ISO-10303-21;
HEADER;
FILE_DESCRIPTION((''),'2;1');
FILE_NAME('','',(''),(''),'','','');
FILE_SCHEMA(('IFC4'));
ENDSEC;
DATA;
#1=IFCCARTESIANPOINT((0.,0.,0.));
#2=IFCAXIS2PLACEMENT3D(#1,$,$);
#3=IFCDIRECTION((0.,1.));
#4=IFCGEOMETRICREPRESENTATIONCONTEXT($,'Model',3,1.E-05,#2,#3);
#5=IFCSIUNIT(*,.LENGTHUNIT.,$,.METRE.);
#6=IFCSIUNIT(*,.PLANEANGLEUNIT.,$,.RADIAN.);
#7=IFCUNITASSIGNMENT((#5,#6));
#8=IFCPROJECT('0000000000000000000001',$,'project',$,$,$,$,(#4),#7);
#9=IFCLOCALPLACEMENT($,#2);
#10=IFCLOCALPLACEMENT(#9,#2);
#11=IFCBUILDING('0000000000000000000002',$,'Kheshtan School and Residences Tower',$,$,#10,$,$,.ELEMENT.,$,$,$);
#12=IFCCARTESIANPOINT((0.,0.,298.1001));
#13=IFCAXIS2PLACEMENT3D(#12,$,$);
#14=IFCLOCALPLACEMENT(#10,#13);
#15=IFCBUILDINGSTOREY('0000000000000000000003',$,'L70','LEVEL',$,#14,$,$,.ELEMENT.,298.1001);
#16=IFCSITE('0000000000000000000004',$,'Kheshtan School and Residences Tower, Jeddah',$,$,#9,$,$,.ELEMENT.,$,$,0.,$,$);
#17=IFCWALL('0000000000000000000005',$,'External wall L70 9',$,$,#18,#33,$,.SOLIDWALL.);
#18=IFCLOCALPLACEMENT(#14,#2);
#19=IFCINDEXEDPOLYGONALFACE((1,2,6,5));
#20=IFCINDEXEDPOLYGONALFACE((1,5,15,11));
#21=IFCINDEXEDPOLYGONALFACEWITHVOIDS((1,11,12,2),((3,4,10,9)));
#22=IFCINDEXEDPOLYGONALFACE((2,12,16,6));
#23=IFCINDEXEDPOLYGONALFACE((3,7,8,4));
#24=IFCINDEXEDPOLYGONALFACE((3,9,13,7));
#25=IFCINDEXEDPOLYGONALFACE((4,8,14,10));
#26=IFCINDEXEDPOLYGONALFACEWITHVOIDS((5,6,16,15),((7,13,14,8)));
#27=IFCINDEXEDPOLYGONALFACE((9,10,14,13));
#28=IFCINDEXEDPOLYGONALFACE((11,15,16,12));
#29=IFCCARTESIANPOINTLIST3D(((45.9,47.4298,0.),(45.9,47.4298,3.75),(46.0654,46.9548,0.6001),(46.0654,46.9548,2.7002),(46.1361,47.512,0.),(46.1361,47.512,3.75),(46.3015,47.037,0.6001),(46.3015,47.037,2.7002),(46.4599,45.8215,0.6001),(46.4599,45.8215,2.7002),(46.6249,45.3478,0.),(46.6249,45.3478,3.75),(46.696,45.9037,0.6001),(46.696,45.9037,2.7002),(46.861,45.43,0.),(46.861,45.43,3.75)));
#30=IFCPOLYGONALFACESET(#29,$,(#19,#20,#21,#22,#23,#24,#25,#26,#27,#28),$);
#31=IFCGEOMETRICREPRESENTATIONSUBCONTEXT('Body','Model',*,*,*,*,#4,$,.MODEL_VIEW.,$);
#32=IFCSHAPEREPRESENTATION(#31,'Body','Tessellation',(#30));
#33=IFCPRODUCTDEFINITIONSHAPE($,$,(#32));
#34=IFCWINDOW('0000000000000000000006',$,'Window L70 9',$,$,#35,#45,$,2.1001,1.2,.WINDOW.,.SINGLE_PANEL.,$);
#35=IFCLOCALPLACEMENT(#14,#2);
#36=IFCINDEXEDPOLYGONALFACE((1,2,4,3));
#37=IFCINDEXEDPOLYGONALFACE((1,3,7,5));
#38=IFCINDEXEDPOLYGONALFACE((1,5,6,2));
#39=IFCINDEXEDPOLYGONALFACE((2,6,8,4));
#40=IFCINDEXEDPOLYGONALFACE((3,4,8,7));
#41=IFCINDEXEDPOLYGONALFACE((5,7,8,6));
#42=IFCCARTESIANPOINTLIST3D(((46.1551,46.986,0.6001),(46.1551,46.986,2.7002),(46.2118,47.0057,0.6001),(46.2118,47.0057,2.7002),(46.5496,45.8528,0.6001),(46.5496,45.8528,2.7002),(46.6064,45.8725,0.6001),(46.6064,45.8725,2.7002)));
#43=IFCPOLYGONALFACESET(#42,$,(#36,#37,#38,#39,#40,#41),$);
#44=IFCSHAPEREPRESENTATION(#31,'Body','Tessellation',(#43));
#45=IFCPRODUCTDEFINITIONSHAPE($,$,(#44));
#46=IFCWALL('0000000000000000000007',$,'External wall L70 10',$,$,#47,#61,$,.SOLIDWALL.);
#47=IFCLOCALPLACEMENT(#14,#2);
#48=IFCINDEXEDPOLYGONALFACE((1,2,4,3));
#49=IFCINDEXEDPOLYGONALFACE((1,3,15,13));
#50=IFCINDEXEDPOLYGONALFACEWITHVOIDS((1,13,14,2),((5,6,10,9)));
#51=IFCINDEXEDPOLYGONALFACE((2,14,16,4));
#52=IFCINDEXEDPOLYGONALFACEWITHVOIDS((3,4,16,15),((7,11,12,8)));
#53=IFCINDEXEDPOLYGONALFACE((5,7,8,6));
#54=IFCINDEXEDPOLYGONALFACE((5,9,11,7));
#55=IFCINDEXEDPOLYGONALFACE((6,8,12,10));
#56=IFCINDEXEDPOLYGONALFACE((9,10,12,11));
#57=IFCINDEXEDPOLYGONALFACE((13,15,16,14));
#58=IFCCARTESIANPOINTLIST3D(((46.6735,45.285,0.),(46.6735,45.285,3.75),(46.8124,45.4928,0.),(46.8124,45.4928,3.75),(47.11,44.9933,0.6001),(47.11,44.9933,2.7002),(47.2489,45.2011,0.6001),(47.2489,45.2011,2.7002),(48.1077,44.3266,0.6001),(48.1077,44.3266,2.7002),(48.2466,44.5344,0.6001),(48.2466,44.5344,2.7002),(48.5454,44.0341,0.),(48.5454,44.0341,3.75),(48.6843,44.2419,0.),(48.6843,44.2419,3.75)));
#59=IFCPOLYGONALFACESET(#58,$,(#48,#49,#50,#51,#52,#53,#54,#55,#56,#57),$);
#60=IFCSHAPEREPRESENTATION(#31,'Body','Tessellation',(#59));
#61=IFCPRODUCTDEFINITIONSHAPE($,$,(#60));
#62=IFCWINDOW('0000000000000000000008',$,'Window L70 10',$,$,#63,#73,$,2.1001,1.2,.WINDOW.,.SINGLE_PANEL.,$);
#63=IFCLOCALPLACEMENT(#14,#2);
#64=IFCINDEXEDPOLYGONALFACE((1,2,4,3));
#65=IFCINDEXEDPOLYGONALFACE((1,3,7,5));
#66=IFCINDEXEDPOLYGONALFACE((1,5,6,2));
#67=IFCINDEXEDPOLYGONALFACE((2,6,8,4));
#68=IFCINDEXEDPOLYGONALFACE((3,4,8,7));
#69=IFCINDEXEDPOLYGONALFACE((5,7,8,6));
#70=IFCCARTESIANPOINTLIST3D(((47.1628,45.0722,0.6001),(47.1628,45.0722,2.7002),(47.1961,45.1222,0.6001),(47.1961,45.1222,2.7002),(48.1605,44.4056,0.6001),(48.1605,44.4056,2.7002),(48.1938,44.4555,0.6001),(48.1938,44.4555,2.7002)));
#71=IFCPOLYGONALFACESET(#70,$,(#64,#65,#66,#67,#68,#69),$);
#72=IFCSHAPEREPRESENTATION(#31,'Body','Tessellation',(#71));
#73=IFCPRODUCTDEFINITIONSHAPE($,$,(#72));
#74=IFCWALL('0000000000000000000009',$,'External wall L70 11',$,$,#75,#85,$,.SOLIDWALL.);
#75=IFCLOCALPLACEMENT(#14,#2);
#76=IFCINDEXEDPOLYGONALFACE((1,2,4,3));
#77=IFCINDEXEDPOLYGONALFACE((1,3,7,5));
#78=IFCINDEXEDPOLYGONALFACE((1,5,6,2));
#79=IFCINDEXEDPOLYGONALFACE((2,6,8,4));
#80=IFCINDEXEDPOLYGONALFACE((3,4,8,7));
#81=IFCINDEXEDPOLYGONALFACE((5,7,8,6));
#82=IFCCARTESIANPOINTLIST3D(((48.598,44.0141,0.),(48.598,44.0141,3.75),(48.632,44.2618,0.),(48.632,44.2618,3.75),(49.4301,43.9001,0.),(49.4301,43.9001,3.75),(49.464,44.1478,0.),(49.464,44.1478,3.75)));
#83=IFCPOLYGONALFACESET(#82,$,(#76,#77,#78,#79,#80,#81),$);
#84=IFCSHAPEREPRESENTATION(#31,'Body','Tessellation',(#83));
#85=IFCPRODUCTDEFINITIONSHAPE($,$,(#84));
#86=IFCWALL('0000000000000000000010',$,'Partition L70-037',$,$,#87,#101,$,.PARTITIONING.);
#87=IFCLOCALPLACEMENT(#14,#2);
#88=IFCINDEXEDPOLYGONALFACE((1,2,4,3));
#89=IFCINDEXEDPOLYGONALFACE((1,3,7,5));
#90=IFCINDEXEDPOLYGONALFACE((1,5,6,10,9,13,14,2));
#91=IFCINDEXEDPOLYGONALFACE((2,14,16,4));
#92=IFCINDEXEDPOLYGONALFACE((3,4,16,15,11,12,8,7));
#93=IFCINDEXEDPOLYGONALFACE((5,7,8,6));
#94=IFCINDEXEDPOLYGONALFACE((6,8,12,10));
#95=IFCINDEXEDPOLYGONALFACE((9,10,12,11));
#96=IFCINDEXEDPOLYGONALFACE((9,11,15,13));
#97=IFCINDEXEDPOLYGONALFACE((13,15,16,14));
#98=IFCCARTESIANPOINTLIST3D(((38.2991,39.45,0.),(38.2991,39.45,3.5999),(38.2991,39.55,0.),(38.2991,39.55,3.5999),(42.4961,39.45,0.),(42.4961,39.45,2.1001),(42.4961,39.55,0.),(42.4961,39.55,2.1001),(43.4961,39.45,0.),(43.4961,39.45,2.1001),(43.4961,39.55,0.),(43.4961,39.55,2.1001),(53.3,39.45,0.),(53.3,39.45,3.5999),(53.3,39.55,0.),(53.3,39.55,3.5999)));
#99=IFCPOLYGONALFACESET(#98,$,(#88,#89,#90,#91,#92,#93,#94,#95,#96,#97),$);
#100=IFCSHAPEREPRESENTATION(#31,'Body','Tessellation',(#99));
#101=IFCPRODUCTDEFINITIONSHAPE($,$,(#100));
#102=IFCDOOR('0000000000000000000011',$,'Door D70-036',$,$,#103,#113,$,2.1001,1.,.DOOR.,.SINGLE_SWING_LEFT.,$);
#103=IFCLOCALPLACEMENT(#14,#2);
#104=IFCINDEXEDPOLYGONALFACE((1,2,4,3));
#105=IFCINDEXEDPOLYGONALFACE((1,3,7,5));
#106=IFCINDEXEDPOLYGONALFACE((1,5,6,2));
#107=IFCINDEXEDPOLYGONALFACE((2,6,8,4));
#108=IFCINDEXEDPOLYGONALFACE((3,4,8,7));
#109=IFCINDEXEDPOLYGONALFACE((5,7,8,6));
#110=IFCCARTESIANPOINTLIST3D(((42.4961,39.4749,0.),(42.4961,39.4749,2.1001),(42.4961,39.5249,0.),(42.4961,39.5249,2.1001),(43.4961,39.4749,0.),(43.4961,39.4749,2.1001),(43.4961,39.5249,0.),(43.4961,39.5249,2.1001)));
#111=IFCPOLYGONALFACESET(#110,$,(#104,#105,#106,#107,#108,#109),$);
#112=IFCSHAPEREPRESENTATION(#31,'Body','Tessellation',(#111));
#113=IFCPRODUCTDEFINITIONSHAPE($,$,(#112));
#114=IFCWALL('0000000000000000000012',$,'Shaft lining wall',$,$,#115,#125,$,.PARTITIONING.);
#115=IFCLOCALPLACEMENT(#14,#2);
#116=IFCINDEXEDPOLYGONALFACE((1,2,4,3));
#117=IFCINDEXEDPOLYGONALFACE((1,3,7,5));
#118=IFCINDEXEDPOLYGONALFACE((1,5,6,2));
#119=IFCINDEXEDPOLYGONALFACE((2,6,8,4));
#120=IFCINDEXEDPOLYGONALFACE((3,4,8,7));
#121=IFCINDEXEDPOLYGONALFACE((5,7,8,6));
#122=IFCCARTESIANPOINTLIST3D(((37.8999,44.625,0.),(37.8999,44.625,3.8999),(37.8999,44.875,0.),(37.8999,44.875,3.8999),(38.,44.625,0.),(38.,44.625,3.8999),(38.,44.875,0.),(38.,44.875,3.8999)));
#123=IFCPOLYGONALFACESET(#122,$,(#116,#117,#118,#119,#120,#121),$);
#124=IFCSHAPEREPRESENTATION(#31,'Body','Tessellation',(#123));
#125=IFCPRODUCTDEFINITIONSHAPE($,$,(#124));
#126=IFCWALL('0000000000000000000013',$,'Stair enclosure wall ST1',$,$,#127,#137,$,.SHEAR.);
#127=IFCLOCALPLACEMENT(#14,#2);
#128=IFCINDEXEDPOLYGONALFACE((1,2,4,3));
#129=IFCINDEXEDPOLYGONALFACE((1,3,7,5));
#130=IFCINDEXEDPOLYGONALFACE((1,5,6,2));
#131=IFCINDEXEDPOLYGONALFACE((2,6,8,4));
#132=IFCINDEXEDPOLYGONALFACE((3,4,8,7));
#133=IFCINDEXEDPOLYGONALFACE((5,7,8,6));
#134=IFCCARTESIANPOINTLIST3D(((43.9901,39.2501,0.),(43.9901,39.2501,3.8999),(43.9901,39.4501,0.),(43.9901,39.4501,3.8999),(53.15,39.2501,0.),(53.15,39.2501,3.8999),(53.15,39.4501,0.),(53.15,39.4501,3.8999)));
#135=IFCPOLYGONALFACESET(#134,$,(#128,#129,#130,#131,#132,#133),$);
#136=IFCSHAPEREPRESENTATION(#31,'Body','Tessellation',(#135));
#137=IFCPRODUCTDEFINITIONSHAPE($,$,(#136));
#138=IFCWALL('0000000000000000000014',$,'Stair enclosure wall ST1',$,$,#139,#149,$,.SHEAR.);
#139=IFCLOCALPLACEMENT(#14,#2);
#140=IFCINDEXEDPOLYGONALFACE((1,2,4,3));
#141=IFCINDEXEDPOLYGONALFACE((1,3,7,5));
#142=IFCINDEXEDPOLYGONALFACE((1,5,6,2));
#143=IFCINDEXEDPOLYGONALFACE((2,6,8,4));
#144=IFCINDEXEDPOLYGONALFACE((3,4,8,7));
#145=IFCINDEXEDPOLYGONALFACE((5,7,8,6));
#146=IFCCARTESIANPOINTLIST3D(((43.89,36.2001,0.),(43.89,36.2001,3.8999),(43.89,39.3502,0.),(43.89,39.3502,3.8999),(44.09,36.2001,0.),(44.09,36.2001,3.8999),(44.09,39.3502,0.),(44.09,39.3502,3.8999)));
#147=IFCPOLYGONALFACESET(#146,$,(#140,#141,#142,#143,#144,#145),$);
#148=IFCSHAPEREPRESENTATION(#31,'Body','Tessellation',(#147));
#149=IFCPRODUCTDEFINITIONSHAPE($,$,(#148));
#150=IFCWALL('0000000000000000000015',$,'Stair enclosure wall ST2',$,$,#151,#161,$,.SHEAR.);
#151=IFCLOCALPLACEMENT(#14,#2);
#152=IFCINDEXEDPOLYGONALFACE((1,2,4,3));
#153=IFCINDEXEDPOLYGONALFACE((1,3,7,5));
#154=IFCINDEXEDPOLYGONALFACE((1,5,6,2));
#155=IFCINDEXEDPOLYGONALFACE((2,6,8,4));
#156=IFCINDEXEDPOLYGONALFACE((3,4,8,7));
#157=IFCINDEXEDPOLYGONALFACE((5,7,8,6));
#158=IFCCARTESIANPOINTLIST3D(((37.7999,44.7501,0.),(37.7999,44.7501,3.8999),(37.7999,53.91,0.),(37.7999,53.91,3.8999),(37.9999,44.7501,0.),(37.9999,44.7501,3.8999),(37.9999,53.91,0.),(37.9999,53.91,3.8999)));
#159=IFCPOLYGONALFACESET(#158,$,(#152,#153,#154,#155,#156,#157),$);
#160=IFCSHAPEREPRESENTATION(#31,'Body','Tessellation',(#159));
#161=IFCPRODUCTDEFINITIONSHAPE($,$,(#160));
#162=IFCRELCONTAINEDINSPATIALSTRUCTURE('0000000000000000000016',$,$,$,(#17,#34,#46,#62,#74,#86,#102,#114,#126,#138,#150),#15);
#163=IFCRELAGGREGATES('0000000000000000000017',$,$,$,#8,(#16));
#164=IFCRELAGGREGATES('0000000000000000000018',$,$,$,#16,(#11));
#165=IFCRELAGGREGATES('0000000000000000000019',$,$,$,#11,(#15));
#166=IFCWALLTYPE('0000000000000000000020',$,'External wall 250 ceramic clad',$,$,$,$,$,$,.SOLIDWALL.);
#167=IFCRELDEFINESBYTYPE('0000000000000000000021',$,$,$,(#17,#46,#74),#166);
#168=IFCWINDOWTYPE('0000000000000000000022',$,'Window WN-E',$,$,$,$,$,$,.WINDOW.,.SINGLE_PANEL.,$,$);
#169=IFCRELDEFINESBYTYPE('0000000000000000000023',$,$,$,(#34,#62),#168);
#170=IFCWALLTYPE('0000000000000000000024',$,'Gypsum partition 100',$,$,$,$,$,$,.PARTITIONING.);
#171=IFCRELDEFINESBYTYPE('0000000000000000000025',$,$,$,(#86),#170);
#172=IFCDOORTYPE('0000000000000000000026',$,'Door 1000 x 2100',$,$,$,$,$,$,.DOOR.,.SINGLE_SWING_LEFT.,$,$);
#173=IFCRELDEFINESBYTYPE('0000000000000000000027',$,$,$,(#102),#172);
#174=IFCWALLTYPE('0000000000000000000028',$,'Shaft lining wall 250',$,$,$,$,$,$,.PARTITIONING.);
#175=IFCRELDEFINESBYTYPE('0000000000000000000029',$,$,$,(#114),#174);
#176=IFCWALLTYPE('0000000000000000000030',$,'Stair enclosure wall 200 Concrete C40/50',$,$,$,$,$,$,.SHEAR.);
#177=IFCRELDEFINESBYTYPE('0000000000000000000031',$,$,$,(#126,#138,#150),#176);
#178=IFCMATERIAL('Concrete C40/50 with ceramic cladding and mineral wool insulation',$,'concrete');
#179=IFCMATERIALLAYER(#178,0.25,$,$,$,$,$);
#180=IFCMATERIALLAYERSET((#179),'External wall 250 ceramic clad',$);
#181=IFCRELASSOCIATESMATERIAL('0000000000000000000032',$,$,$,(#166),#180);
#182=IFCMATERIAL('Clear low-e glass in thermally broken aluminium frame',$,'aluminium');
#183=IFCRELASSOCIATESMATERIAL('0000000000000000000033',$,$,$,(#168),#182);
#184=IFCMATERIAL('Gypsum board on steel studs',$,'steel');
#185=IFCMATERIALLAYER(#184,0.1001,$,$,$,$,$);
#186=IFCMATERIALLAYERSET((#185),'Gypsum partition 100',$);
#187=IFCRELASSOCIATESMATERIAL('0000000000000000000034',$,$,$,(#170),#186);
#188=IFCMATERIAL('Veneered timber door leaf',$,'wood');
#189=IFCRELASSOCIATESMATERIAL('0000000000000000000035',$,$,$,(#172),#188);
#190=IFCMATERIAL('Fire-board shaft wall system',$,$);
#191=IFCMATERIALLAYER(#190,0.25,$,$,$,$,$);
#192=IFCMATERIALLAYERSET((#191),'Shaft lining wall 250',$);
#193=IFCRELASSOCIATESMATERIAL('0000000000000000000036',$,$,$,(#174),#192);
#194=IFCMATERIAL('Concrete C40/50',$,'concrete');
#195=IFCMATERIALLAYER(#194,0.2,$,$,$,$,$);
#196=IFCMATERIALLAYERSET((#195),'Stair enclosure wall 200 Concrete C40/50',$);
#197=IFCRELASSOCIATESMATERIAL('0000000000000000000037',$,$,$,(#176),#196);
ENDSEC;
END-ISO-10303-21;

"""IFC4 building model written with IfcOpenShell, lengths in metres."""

from ifc_helpers import new_model, si_unit, direction, frame, frame_2d, origin, place, context, subcontext, project, spatial, rectangle, extrude, source, transform, mapped, material, layer, layer_set, type_object, element, fill, save


model = new_model("IFC4")

# Units and contexts
model_context = context("Model", 3, precision=1e-05, world=origin(), true_north=direction((0.0, 1.0)))
body_context = subcontext(model_context, "Body", "Model", "MODEL_VIEW")
ifc_project = project(units=[si_unit("LENGTHUNIT", "METRE"), si_unit("PLANEANGLEUNIT", "RADIAN")], contexts=[model_context])

# Site, building, storey
site_placement = place(None, origin())
site = spatial("IfcSite", under=ifc_project, at=site_placement, Name="Kheshtan School and Residences Tower, Jeddah", CompositionType="ELEMENT", RefElevation=0.0)
building_placement = place(site_placement, origin())
building = spatial("IfcBuilding", under=site, at=building_placement, Name="Kheshtan School and Residences Tower", CompositionType="ELEMENT")
storey_placement = place(building_placement, frame((0.0, 0.0, 298.1001)))
storey = spatial("IfcBuildingStorey", under=building, at=storey_placement, Name="L70", Description="LEVEL", CompositionType="ELEMENT", Elevation=298.1001)

# Shared definitions
ifc_material_1 = material(Name="Clear low-e glass in thermally broken aluminium frame", Category="aluminium")

# Walls, openings, windows
ifc_material_2 = material(Name="Concrete C40/50 with ceramic cladding and mineral wool insulation", Category="concrete")
ifc_layer_1 = layer(ifc_material_2, 0.25)
ifc_layer_set_1 = layer_set([ifc_layer_1], Name="External wall 250 ceramic clad")
wall_type_1 = type_object("IfcWallType", Name="External wall 250 ceramic clad", PredefinedType="SOLIDWALL", material=ifc_layer_set_1)
wall_1_placement = place(storey_placement, frame((46.0181, 47.4709, 0.0), z_axis=(0.0, 0.0, 1.0), x_axis=(0.328791, -0.944403, 0.0)))
wall_1 = element("IfcWall", 1, at=wall_1_placement, inside=storey, type_object=wall_type_1, Name="External wall L70 9", PredefinedType="SOLIDWALL", context=body_context, shape_type="SweptSolid", body=[
    extrude(rectangle(XDim=2.2046, YDim=0.25, at=frame_2d((1.1023, 0.0))), origin(), (0.0, 0.0, 1.0), 3.75),
])
opening_1_placement = place(wall_1_placement, frame((0.5029, 0.0, 0.6001)))
opening_1 = element("IfcOpeningElement", 2, at=opening_1_placement, cuts=wall_1, PredefinedType="OPENING", context=body_context, shape_type="SweptSolid", body=[
    extrude(rectangle(XDim=1.2, YDim=2.1001, at=frame_2d((0.6001, 1.05))), frame((0.0, 0.135, 0.0), z_axis=(0.0, -1.0, 0.0), x_axis=(1.0, 0.0, 0.0)), (0.0, 0.0, 1.0), 0.27),
])
window_type = type_object("IfcWindowType", Name="Window WN-E", PartitioningType="SINGLE_PANEL", PredefinedType="WINDOW", material=ifc_material_1)
shared_shape_1 = source(origin(), body_context, "Body", "SweptSolid", [
    extrude(rectangle(XDim=1.2, YDim=2.1001, at=frame_2d((0.6001, 1.05))), frame((0.0, 0.03, 0.0), z_axis=(0.0, -1.0, 0.0), x_axis=(1.0, 0.0, 0.0)), (0.0, 0.0, 1.0), 0.0601),
])
window_1_placement = place(opening_1_placement, origin())
window_1 = element("IfcWindow", 3, at=window_1_placement, inside=storey, type_object=window_type, Name="Window L70 9", OverallHeight=2.1001, OverallWidth=1.2, PartitioningType="SINGLE_PANEL", PredefinedType="WINDOW", context=body_context, shape_type="MappedRepresentation", body=[
    mapped(shared_shape_1, transform((0.0, 0.0, 0.0), x_axis=(1.0, 0.0, 0.0), y_axis=(0.0, 1.0, 0.0), z_axis=(0.0, 0.0, 1.0), scale=1.0)),
])
fill(opening_1, window_1)
wall_2_placement = place(storey_placement, frame((46.7429, 45.3889, 0.0), z_axis=(0.0, 0.0, 1.0), x_axis=(0.831449, -0.555601, 0.0)))
wall_2 = element("IfcWall", 4, at=wall_2_placement, inside=storey, type_object=wall_type_1, Name="External wall L70 10", PredefinedType="SOLIDWALL", context=body_context, shape_type="SweptSolid", body=[
    extrude(rectangle(XDim=2.2515, YDim=0.25, at=frame_2d((1.1257, 0.0))), origin(), (0.0, 0.0, 1.0), 3.75),
])
opening_2_placement = place(wall_2_placement, frame((0.5249, 0.0, 0.6001)))
opening_2 = element("IfcOpeningElement", 5, at=opening_2_placement, cuts=wall_2, PredefinedType="OPENING", context=body_context, shape_type="SweptSolid", body=[
    extrude(rectangle(XDim=1.2, YDim=2.1001, at=frame_2d((0.6001, 1.05))), frame((0.0, 0.135, 0.0), z_axis=(0.0, -1.0, 0.0), x_axis=(1.0, 0.0, 0.0)), (0.0, 0.0, 1.0), 0.27),
])
window_2_placement = place(opening_2_placement, origin())
window_2 = element("IfcWindow", 6, at=window_2_placement, inside=storey, type_object=window_type, Name="Window L70 10", OverallHeight=2.1001, OverallWidth=1.2, PartitioningType="SINGLE_PANEL", PredefinedType="WINDOW", context=body_context, shape_type="MappedRepresentation", body=[
    mapped(shared_shape_1, transform((0.0, 0.0, 0.0), x_axis=(1.0, 0.0, 0.0), y_axis=(0.0, 1.0, 0.0), z_axis=(0.0, 0.0, 1.0), scale=1.0)),
])
fill(opening_2, window_2)

# Wall
wall_3_placement = place(storey_placement, frame((48.615, 44.1379, 0.0), z_axis=(0.0, 0.0, 1.0), x_axis=(0.990742, -0.135762, 0.0)))
element("IfcWall", 7, at=wall_3_placement, inside=storey, type_object=wall_type_1, Name="External wall L70 11", PredefinedType="SOLIDWALL", context=body_context, shape_type="SweptSolid", body=[
    extrude(rectangle(XDim=0.8398, YDim=0.25, at=frame_2d((0.4199, 0.0))), origin(), (0.0, 0.0, 1.0), 3.75),
])

# Wall, opening, door
ifc_material_3 = material(Name="Gypsum board on steel studs", Category="steel")
ifc_layer_2 = layer(ifc_material_3, 0.1001)
ifc_layer_set_2 = layer_set([ifc_layer_2], Name="Gypsum partition 100")
wall_type_2 = type_object("IfcWallType", Name="Gypsum partition 100", PredefinedType="PARTITIONING", material=ifc_layer_set_2)
wall_4_placement = place(storey_placement, frame((38.2991, 39.5, 0.0), z_axis=(0.0, 0.0, 1.0), x_axis=(1.0, 0.0, 0.0)))
wall_4 = element("IfcWall", 8, at=wall_4_placement, inside=storey, type_object=wall_type_2, Name="Partition L70-037", PredefinedType="PARTITIONING", context=body_context, shape_type="SweptSolid", body=[
    extrude(rectangle(XDim=15.001, YDim=0.1001, at=frame_2d((7.5005, 0.0))), origin(), (0.0, 0.0, 1.0), 3.5999),
])
opening_3_placement = place(wall_4_placement, frame((4.197, 0.0, 0.0)))
opening_3 = element("IfcOpeningElement", 9, at=opening_3_placement, cuts=wall_4, PredefinedType="OPENING", context=body_context, shape_type="SweptSolid", body=[
    extrude(rectangle(XDim=1.0, YDim=2.1001, at=frame_2d((0.5, 1.05))), frame((0.0, 0.0601, 0.0), z_axis=(0.0, -1.0, 0.0), x_axis=(1.0, 0.0, 0.0)), (0.0, 0.0, 1.0), 0.1201),
])
ifc_material_4 = material(Name="Veneered timber door leaf", Category="wood")
door_type_1 = type_object("IfcDoorType", Name="Door 1000 x 2100", OperationType="SINGLE_SWING_LEFT", PredefinedType="DOOR", material=ifc_material_4)
shared_shape_2 = source(origin(), body_context, "Body", "SweptSolid", [
    extrude(rectangle(XDim=1.0, YDim=2.1001, at=frame_2d((0.5, 1.05))), frame((0.0, 0.0249, 0.0), z_axis=(0.0, -1.0, 0.0), x_axis=(1.0, 0.0, 0.0)), (0.0, 0.0, 1.0), 0.05),
])
door_1_placement = place(opening_3_placement, origin())
door_1 = element("IfcDoor", 10, at=door_1_placement, inside=storey, type_object=door_type_1, Name="Door D70-036", OperationType="SINGLE_SWING_LEFT", OverallHeight=2.1001, OverallWidth=1.0, PredefinedType="DOOR", context=body_context, shape_type="MappedRepresentation", body=[
    mapped(shared_shape_2, transform((0.0, 0.0, 0.0), x_axis=(1.0, 0.0, 0.0), y_axis=(0.0, 1.0, 0.0), z_axis=(0.0, 0.0, 1.0), scale=1.0)),
])
fill(opening_3, door_1)

# Walls
ifc_material_5 = material(Name="Fire-board shaft wall system")
ifc_layer_3 = layer(ifc_material_5, 0.25)
ifc_layer_set_3 = layer_set([ifc_layer_3], Name="Shaft lining wall 250")
wall_type_3 = type_object("IfcWallType", Name="Shaft lining wall 250", PredefinedType="PARTITIONING", material=ifc_layer_set_3)
wall_5_placement = place(storey_placement, frame((37.8999, 44.75, 0.0), z_axis=(0.0, 0.0, 1.0), x_axis=(1.0, 0.0, 0.0)))
element("IfcWall", 11, at=wall_5_placement, inside=storey, type_object=wall_type_3, Name="Shaft lining wall", PredefinedType="PARTITIONING", context=body_context, shape_type="SweptSolid", body=[
    extrude(rectangle(XDim=0.1001, YDim=0.25, at=frame_2d((0.05, 0.0))), origin(), (0.0, 0.0, 1.0), 3.8999),
])
ifc_material_6 = material(Name="Concrete C40/50", Category="concrete")
ifc_layer_4 = layer(ifc_material_6, 0.2)
ifc_layer_set_4 = layer_set([ifc_layer_4], Name="Stair enclosure wall 200 Concrete C40/50")
wall_type_4 = type_object("IfcWallType", Name="Stair enclosure wall 200 Concrete C40/50", PredefinedType="SHEAR", material=ifc_layer_set_4)
wall_6_placement = place(storey_placement, frame((43.99, 39.3501, 0.0), z_axis=(0.0, 0.0, 1.0), x_axis=(1.0, 0.0, 0.0)))
element("IfcWall", 12, at=wall_6_placement, inside=storey, type_object=wall_type_4, Name="Stair enclosure wall ST1", PredefinedType="SHEAR", context=body_context, shape_type="SweptSolid", body=[
    extrude(rectangle(XDim=9.1599, YDim=0.2, at=frame_2d((4.5801, 0.0))), origin(), (0.0, 0.0, 1.0), 3.8999),
])
wall_7_placement = place(storey_placement, frame((43.99, 36.2, 0.0), z_axis=(0.0, 0.0, 1.0), x_axis=(0.0, 1.0, 0.0)))
element("IfcWall", 13, at=wall_7_placement, inside=storey, type_object=wall_type_4, Name="Stair enclosure wall ST1", PredefinedType="SHEAR", context=body_context, shape_type="SweptSolid", body=[
    extrude(rectangle(XDim=3.1501, YDim=0.2, at=frame_2d((1.5752, 0.0))), origin(), (0.0, 0.0, 1.0), 3.8999),
])
wall_8_placement = place(storey_placement, frame((37.8999, 44.75, 0.0), z_axis=(0.0, 0.0, 1.0), x_axis=(0.0, 1.0, 0.0)))
element("IfcWall", 14, at=wall_8_placement, inside=storey, type_object=wall_type_4, Name="Stair enclosure wall ST2", PredefinedType="SHEAR", context=body_context, shape_type="SweptSolid", body=[
    extrude(rectangle(XDim=9.1599, YDim=0.2, at=frame_2d((4.5801, 0.0))), origin(), (0.0, 0.0, 1.0), 3.8999),
])

save(model, "model.ifc")
